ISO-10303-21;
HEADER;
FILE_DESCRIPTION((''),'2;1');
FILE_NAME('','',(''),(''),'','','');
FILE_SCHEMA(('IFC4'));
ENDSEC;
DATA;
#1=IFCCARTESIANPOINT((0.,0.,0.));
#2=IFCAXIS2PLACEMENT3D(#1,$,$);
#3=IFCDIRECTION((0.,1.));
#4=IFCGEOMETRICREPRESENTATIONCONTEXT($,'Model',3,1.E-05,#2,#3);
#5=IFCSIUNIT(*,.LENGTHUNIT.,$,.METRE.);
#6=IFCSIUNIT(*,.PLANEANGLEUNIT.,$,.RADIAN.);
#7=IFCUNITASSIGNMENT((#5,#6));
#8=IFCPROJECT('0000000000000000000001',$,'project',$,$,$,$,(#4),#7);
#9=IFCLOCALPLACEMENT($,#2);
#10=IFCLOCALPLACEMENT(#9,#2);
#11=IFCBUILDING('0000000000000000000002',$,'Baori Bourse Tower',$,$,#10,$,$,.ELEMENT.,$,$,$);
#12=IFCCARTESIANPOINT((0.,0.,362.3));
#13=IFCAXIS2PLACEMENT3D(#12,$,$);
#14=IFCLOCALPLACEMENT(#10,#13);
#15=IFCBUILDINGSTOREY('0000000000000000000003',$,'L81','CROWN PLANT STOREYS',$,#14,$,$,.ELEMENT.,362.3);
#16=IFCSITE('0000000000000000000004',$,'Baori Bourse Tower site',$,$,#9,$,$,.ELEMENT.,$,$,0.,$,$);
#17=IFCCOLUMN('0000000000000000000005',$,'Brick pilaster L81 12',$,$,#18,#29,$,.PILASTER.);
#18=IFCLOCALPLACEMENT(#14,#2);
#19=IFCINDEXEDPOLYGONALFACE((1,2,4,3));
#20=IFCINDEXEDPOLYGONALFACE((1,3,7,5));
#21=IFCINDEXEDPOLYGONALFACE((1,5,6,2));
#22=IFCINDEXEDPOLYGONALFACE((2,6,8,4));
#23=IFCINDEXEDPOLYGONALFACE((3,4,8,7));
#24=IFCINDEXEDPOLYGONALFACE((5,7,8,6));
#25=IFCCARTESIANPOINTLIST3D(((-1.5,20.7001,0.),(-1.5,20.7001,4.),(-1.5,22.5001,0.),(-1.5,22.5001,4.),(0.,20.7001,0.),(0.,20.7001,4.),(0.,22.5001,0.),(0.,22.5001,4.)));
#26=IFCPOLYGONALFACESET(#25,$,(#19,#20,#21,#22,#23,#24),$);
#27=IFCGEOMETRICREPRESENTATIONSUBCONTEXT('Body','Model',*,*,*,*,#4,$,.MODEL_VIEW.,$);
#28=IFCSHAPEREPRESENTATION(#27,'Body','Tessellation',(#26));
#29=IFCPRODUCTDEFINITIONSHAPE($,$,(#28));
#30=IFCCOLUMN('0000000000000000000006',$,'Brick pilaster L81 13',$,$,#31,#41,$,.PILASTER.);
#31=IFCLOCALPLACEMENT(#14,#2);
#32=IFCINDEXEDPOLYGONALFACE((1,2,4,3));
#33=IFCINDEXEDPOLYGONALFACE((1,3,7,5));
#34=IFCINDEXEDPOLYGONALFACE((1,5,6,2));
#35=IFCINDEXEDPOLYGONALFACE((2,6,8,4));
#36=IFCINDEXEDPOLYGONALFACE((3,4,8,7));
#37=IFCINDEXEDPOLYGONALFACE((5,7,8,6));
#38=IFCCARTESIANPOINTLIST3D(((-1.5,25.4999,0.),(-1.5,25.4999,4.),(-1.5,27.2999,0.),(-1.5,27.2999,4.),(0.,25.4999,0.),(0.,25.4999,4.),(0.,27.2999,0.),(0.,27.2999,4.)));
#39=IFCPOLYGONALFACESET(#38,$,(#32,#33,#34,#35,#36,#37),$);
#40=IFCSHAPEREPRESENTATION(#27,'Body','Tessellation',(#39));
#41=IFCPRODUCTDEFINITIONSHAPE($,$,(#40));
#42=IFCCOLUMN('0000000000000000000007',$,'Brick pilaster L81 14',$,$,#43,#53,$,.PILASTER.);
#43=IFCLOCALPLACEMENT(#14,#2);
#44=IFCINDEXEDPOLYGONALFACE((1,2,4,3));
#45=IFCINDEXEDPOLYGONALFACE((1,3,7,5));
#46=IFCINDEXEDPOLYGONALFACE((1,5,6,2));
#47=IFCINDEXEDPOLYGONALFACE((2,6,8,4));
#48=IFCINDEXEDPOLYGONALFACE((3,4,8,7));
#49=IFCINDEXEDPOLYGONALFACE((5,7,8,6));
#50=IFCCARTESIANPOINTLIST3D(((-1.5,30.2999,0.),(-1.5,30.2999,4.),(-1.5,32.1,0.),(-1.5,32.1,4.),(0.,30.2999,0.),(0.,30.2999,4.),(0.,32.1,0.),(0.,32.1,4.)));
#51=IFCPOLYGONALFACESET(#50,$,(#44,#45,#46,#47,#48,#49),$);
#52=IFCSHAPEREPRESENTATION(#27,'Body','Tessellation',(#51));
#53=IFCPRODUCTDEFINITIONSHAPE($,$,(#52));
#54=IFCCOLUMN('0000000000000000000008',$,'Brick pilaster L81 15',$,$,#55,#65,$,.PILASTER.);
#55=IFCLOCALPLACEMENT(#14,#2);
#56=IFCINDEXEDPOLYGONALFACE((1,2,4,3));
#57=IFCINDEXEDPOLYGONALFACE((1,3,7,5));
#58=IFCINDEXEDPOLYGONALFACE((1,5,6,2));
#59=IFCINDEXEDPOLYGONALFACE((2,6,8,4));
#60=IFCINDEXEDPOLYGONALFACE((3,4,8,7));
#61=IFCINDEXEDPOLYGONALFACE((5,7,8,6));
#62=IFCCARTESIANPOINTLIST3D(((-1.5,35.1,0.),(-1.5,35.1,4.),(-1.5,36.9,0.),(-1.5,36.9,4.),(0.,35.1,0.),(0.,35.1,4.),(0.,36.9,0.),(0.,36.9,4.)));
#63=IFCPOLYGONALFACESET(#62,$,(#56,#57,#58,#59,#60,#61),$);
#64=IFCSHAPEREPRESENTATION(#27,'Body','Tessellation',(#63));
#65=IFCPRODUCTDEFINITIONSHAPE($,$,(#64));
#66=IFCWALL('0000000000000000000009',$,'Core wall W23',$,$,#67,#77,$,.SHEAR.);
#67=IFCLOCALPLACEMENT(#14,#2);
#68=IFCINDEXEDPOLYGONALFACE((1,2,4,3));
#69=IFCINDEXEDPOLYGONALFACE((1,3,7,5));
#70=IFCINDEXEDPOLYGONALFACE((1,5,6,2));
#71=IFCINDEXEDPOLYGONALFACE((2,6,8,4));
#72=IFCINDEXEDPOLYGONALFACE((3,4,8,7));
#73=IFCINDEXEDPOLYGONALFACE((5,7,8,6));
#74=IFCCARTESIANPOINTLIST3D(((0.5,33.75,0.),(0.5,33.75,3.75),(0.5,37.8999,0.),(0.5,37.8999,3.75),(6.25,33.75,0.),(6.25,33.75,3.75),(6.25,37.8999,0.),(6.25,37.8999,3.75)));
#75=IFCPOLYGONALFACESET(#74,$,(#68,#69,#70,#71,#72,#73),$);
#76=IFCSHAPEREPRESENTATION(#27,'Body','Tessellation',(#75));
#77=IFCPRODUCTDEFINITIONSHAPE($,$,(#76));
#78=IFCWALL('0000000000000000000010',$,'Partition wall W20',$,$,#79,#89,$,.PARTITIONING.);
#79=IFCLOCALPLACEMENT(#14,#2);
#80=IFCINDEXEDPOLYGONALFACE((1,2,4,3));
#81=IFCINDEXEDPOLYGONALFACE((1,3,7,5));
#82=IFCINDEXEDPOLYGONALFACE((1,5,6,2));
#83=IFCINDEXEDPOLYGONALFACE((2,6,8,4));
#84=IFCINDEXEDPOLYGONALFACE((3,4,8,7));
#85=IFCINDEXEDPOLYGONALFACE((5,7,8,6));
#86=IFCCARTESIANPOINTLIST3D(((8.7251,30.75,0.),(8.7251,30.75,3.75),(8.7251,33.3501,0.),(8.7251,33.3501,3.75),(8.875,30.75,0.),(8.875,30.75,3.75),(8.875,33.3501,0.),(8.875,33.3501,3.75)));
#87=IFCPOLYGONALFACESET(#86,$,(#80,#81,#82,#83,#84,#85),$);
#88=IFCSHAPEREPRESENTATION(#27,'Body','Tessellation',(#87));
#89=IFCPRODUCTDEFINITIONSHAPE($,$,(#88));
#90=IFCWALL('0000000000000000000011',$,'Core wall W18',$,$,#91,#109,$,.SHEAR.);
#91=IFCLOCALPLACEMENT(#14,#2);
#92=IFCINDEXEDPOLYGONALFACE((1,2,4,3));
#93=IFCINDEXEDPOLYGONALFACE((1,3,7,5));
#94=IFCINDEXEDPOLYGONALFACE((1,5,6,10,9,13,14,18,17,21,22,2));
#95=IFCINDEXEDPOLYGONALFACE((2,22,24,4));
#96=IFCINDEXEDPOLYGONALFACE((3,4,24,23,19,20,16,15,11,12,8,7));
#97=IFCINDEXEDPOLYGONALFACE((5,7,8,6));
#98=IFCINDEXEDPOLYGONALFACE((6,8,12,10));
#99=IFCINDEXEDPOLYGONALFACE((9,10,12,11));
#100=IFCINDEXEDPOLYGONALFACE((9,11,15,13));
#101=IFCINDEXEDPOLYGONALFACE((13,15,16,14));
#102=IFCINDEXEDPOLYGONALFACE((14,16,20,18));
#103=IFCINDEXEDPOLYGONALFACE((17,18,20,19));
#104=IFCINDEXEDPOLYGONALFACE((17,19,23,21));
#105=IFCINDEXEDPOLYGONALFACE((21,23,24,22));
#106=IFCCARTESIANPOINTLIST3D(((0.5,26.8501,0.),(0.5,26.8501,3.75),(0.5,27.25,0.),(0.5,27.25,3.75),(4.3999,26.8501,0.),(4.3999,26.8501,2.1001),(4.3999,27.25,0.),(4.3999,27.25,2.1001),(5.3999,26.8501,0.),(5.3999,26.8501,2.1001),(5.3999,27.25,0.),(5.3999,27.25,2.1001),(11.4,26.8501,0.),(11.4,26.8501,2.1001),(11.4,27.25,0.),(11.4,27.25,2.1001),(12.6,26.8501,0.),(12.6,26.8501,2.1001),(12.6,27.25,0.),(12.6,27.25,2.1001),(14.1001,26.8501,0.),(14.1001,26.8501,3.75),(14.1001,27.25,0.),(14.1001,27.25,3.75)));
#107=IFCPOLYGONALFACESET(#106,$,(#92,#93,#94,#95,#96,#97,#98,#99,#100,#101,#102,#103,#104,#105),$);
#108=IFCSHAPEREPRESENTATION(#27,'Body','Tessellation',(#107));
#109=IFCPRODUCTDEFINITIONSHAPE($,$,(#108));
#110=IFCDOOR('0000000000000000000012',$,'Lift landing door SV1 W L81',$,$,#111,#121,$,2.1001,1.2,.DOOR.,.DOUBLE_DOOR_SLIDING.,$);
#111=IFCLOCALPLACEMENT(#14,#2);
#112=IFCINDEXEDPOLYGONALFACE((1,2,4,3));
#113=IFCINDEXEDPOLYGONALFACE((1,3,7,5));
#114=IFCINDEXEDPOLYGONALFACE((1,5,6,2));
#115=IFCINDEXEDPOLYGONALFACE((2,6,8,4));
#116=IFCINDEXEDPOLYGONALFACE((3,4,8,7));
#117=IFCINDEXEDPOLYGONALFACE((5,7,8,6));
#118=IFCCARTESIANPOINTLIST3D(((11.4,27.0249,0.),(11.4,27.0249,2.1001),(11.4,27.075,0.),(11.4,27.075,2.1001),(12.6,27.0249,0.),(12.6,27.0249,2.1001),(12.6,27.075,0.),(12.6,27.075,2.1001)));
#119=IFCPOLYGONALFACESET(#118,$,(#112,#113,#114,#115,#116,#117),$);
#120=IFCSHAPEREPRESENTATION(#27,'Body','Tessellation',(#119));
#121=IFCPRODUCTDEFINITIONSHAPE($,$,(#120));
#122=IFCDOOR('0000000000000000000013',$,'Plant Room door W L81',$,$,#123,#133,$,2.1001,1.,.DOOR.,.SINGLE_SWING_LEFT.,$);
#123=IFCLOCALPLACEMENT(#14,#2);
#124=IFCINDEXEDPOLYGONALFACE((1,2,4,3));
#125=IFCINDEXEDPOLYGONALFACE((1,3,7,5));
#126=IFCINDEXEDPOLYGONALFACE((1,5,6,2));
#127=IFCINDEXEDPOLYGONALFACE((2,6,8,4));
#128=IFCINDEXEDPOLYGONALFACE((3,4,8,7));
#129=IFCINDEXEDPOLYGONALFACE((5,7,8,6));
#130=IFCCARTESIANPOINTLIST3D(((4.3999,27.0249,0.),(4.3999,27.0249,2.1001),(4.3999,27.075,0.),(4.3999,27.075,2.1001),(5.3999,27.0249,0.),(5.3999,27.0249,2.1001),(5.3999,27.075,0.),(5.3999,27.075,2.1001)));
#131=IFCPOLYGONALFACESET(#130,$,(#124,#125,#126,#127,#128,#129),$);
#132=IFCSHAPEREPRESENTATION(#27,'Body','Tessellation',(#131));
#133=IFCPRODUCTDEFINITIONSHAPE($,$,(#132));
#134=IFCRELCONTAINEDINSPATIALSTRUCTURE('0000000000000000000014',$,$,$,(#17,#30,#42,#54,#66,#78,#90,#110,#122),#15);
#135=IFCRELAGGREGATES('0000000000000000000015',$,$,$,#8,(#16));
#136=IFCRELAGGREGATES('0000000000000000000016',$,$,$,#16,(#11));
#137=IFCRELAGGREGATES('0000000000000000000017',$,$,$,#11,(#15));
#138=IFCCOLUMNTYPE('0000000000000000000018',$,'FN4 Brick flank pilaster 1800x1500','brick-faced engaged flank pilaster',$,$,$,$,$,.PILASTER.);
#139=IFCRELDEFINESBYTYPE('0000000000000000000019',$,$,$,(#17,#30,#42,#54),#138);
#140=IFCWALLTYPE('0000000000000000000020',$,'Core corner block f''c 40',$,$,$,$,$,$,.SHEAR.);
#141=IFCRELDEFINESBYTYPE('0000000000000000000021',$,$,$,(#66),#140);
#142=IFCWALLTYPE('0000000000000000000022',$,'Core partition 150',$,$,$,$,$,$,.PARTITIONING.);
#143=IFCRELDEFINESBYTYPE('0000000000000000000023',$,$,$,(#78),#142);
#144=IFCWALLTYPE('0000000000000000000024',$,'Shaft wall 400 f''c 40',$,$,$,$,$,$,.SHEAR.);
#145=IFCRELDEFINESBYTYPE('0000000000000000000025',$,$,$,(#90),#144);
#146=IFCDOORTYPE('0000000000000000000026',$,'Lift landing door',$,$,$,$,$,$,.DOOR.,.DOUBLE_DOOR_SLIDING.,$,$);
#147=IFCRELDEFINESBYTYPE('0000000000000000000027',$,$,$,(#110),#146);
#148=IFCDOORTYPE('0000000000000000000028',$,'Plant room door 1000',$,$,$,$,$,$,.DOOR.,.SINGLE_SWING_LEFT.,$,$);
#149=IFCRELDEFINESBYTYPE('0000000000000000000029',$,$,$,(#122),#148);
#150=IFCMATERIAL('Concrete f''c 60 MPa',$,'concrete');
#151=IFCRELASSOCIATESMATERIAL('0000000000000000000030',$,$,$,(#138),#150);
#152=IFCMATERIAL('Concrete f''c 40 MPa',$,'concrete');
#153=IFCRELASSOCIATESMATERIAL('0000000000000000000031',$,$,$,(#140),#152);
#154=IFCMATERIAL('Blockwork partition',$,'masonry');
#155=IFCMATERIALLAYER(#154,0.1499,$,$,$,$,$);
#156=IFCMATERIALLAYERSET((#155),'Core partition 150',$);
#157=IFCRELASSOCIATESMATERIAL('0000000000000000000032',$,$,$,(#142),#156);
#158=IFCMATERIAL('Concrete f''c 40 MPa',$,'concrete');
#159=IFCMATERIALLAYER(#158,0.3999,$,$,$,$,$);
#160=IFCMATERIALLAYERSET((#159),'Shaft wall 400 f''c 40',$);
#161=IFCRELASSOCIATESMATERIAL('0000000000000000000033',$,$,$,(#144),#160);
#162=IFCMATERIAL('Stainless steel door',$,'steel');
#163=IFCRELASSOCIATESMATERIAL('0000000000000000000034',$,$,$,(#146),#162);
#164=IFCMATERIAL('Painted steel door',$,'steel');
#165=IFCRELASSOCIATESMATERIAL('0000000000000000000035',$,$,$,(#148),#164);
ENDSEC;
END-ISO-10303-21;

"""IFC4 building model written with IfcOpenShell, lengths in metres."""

from ifc_helpers import new_model, si_unit, direction, frame, frame_2d, origin, origin_2d, place, context, subcontext, project, spatial, rectangle, extrude, material, layer, layer_set, material_profile, profile_set, type_object, element, fill, save


model = new_model("IFC4")

# Units and contexts
model_context = context("Model", 3, precision=1e-05, world=origin(), true_north=direction((0.0, 1.0)))
body_context = subcontext(model_context, "Body", "Model", "MODEL_VIEW")
ifc_project = project(units=[si_unit("LENGTHUNIT", "METRE"), si_unit("PLANEANGLEUNIT", "RADIAN")], contexts=[model_context])

# Site, building, storey
site_placement = place(None, origin())
site = spatial("IfcSite", under=ifc_project, at=site_placement, Name="Baori Bourse Tower site", CompositionType="ELEMENT", RefElevation=0.0)
building_placement = place(site_placement, origin())
building = spatial("IfcBuilding", under=site, at=building_placement, Name="Baori Bourse Tower", CompositionType="ELEMENT")
storey_placement = place(building_placement, frame((0.0, 0.0, 362.3)))
storey = spatial("IfcBuildingStorey", under=building, at=storey_placement, Name="L81", Description="CROWN PLANT STOREYS", CompositionType="ELEMENT", Elevation=362.3)

# Columns
ifc_material_1 = material(Name="Concrete f'c 60 MPa", Category="concrete")
ifc_material_profile = material_profile(ifc_material_1, rectangle(XDim=1.8, YDim=1.5, at=origin_2d()), Name="RC 1800x1500")
ifc_profile_set = profile_set([ifc_material_profile], Name="Concrete f'c 60 MPa")
column_type = type_object("IfcColumnType", Name="FN4 Brick flank pilaster 1800x1500", Description="brick-faced engaged flank pilaster", PredefinedType="PILASTER", material=ifc_profile_set)
for number, where, z_axis, x_axis, name in (
    (1, (-0.75, 21.6001, 0.0), (0.0, 0.0, 1.0), (0.0, 1.0, 0.0), "Brick pilaster L81 12"),
    (2, (-0.75, 26.3999, 0.0), (0.0, 0.0, 1.0), (0.0, 1.0, 0.0), "Brick pilaster L81 13"),
    (3, (-0.75, 31.2, 0.0), (0.0, 0.0, 1.0), (0.0, 1.0, 0.0), "Brick pilaster L81 14"),
    (4, (-0.75, 36.0, 0.0), (0.0, 0.0, 1.0), (0.0, 1.0, 0.0), "Brick pilaster L81 15"),
):
    element("IfcColumn", number, at=place(storey_placement, frame(where, z_axis=z_axis, x_axis=x_axis)), inside=storey, type_object=column_type, Name=name, PredefinedType="PILASTER", context=body_context, shape_type="SweptSolid", body=[
        extrude(rectangle(XDim=1.8, YDim=1.5, at=origin_2d()), origin(), (0.0, 0.0, 1.0), 4.0),
    ])

# Walls
ifc_material_2 = material(Name="Concrete f'c 40 MPa", Category="concrete")
wall_type_1 = type_object("IfcWallType", Name="Core corner block f'c 40", PredefinedType="SHEAR", material=ifc_material_2)
wall_1_placement = place(storey_placement, frame((0.5, 35.825, 0.0), z_axis=(0.0, 0.0, 1.0), x_axis=(1.0, 0.0, 0.0)))
element("IfcWall", 5, at=wall_1_placement, inside=storey, type_object=wall_type_1, Name="Core wall W23", PredefinedType="SHEAR", context=body_context, shape_type="SweptSolid", body=[
    extrude(rectangle(XDim=5.75, YDim=4.1499, at=frame_2d((2.875, 0.0))), origin(), (0.0, 0.0, 1.0), 3.75),
])
ifc_material_3 = material(Name="Blockwork partition", Category="masonry")
ifc_layer_1 = layer(ifc_material_3, 0.1499)
ifc_layer_set_1 = layer_set([ifc_layer_1], Name="Core partition 150")
wall_type_2 = type_object("IfcWallType", Name="Core partition 150", PredefinedType="PARTITIONING", material=ifc_layer_set_1)
wall_2_placement = place(storey_placement, frame((8.8, 30.75, 0.0), z_axis=(0.0, 0.0, 1.0), x_axis=(0.0, 1.0, 0.0)))
element("IfcWall", 6, at=wall_2_placement, inside=storey, type_object=wall_type_2, Name="Partition wall W20", PredefinedType="PARTITIONING", context=body_context, shape_type="SweptSolid", body=[
    extrude(rectangle(XDim=2.6001, YDim=0.1499, at=frame_2d((1.3, 0.0))), origin(), (0.0, 0.0, 1.0), 3.75),
])

# Wall, openings, doors
ifc_material_4 = material(Name="Concrete f'c 40 MPa", Category="concrete")
ifc_layer_2 = layer(ifc_material_4, 0.3999)
ifc_layer_set_2 = layer_set([ifc_layer_2], Name="Shaft wall 400 f'c 40")
wall_type_3 = type_object("IfcWallType", Name="Shaft wall 400 f'c 40", PredefinedType="SHEAR", material=ifc_layer_set_2)
wall_3_placement = place(storey_placement, frame((0.5, 27.05, 0.0), z_axis=(0.0, 0.0, 1.0), x_axis=(1.0, 0.0, 0.0)))
wall_3 = element("IfcWall", 7, at=wall_3_placement, inside=storey, type_object=wall_type_3, Name="Core wall W18", PredefinedType="SHEAR", context=body_context, shape_type="SweptSolid", body=[
    extrude(rectangle(XDim=13.6001, YDim=0.3999, at=frame_2d((6.8, 0.0))), origin(), (0.0, 0.0, 1.0), 3.75),
])
opening_1_placement = place(wall_3_placement, frame((3.8999, 0.0, 0.0)))
opening_1 = element("IfcOpeningElement", 8, at=opening_1_placement, cuts=wall_3, PredefinedType="OPENING", context=body_context, shape_type="SweptSolid", body=[
    extrude(rectangle(XDim=1.0, YDim=2.1001, at=frame_2d((0.5, 1.05))), frame((0.0, 0.21, 0.0), z_axis=(0.0, -1.0, 0.0), x_axis=(1.0, 0.0, 0.0)), (0.0, 0.0, 1.0), 0.4199),
])
opening_2_placement = place(wall_3_placement, frame((10.8999, 0.0, 0.0)))
opening_2 = element("IfcOpeningElement", 9, at=opening_2_placement, cuts=wall_3, PredefinedType="OPENING", context=body_context, shape_type="SweptSolid", body=[
    extrude(rectangle(XDim=1.2, YDim=2.1001, at=frame_2d((0.6001, 1.05))), frame((0.0, 0.21, 0.0), z_axis=(0.0, -1.0, 0.0), x_axis=(1.0, 0.0, 0.0)), (0.0, 0.0, 1.0), 0.4199),
])
ifc_material_5 = material(Name="Stainless steel door", Category="steel")
door_type_1 = type_object("IfcDoorType", Name="Lift landing door", OperationType="DOUBLE_DOOR_SLIDING", PredefinedType="DOOR", material=ifc_material_5)
door_1_placement = place(opening_2_placement, origin())
door_1 = element("IfcDoor", 10, at=door_1_placement, inside=storey, type_object=door_type_1, Name="Lift landing door SV1 W L81", OperationType="DOUBLE_DOOR_SLIDING", OverallHeight=2.1001, OverallWidth=1.2, PredefinedType="DOOR", context=body_context, shape_type="SweptSolid", body=[
    extrude(rectangle(XDim=1.2, YDim=2.1001, at=frame_2d((0.6001, 1.05))), frame((0.0, 0.0249, 0.0), z_axis=(0.0, -1.0, 0.0), x_axis=(1.0, 0.0, 0.0)), (0.0, 0.0, 1.0), 0.05),
])
fill(opening_2, door_1)
ifc_material_6 = material(Name="Painted steel door", Category="steel")
door_type_2 = type_object("IfcDoorType", Name="Plant room door 1000", OperationType="SINGLE_SWING_LEFT", PredefinedType="DOOR", material=ifc_material_6)
door_2_placement = place(opening_1_placement, origin())
door_2 = element("IfcDoor", 11, at=door_2_placement, inside=storey, type_object=door_type_2, Name="Plant Room door W L81", OperationType="SINGLE_SWING_LEFT", OverallHeight=2.1001, OverallWidth=1.0, PredefinedType="DOOR", context=body_context, shape_type="SweptSolid", body=[
    extrude(rectangle(XDim=1.0, YDim=2.1001, at=frame_2d((0.5, 1.05))), frame((0.0, 0.0249, 0.0), z_axis=(0.0, -1.0, 0.0), x_axis=(1.0, 0.0, 0.0)), (0.0, 0.0, 1.0), 0.05),
])
fill(opening_1, door_2)

save(model, "model.ifc")
